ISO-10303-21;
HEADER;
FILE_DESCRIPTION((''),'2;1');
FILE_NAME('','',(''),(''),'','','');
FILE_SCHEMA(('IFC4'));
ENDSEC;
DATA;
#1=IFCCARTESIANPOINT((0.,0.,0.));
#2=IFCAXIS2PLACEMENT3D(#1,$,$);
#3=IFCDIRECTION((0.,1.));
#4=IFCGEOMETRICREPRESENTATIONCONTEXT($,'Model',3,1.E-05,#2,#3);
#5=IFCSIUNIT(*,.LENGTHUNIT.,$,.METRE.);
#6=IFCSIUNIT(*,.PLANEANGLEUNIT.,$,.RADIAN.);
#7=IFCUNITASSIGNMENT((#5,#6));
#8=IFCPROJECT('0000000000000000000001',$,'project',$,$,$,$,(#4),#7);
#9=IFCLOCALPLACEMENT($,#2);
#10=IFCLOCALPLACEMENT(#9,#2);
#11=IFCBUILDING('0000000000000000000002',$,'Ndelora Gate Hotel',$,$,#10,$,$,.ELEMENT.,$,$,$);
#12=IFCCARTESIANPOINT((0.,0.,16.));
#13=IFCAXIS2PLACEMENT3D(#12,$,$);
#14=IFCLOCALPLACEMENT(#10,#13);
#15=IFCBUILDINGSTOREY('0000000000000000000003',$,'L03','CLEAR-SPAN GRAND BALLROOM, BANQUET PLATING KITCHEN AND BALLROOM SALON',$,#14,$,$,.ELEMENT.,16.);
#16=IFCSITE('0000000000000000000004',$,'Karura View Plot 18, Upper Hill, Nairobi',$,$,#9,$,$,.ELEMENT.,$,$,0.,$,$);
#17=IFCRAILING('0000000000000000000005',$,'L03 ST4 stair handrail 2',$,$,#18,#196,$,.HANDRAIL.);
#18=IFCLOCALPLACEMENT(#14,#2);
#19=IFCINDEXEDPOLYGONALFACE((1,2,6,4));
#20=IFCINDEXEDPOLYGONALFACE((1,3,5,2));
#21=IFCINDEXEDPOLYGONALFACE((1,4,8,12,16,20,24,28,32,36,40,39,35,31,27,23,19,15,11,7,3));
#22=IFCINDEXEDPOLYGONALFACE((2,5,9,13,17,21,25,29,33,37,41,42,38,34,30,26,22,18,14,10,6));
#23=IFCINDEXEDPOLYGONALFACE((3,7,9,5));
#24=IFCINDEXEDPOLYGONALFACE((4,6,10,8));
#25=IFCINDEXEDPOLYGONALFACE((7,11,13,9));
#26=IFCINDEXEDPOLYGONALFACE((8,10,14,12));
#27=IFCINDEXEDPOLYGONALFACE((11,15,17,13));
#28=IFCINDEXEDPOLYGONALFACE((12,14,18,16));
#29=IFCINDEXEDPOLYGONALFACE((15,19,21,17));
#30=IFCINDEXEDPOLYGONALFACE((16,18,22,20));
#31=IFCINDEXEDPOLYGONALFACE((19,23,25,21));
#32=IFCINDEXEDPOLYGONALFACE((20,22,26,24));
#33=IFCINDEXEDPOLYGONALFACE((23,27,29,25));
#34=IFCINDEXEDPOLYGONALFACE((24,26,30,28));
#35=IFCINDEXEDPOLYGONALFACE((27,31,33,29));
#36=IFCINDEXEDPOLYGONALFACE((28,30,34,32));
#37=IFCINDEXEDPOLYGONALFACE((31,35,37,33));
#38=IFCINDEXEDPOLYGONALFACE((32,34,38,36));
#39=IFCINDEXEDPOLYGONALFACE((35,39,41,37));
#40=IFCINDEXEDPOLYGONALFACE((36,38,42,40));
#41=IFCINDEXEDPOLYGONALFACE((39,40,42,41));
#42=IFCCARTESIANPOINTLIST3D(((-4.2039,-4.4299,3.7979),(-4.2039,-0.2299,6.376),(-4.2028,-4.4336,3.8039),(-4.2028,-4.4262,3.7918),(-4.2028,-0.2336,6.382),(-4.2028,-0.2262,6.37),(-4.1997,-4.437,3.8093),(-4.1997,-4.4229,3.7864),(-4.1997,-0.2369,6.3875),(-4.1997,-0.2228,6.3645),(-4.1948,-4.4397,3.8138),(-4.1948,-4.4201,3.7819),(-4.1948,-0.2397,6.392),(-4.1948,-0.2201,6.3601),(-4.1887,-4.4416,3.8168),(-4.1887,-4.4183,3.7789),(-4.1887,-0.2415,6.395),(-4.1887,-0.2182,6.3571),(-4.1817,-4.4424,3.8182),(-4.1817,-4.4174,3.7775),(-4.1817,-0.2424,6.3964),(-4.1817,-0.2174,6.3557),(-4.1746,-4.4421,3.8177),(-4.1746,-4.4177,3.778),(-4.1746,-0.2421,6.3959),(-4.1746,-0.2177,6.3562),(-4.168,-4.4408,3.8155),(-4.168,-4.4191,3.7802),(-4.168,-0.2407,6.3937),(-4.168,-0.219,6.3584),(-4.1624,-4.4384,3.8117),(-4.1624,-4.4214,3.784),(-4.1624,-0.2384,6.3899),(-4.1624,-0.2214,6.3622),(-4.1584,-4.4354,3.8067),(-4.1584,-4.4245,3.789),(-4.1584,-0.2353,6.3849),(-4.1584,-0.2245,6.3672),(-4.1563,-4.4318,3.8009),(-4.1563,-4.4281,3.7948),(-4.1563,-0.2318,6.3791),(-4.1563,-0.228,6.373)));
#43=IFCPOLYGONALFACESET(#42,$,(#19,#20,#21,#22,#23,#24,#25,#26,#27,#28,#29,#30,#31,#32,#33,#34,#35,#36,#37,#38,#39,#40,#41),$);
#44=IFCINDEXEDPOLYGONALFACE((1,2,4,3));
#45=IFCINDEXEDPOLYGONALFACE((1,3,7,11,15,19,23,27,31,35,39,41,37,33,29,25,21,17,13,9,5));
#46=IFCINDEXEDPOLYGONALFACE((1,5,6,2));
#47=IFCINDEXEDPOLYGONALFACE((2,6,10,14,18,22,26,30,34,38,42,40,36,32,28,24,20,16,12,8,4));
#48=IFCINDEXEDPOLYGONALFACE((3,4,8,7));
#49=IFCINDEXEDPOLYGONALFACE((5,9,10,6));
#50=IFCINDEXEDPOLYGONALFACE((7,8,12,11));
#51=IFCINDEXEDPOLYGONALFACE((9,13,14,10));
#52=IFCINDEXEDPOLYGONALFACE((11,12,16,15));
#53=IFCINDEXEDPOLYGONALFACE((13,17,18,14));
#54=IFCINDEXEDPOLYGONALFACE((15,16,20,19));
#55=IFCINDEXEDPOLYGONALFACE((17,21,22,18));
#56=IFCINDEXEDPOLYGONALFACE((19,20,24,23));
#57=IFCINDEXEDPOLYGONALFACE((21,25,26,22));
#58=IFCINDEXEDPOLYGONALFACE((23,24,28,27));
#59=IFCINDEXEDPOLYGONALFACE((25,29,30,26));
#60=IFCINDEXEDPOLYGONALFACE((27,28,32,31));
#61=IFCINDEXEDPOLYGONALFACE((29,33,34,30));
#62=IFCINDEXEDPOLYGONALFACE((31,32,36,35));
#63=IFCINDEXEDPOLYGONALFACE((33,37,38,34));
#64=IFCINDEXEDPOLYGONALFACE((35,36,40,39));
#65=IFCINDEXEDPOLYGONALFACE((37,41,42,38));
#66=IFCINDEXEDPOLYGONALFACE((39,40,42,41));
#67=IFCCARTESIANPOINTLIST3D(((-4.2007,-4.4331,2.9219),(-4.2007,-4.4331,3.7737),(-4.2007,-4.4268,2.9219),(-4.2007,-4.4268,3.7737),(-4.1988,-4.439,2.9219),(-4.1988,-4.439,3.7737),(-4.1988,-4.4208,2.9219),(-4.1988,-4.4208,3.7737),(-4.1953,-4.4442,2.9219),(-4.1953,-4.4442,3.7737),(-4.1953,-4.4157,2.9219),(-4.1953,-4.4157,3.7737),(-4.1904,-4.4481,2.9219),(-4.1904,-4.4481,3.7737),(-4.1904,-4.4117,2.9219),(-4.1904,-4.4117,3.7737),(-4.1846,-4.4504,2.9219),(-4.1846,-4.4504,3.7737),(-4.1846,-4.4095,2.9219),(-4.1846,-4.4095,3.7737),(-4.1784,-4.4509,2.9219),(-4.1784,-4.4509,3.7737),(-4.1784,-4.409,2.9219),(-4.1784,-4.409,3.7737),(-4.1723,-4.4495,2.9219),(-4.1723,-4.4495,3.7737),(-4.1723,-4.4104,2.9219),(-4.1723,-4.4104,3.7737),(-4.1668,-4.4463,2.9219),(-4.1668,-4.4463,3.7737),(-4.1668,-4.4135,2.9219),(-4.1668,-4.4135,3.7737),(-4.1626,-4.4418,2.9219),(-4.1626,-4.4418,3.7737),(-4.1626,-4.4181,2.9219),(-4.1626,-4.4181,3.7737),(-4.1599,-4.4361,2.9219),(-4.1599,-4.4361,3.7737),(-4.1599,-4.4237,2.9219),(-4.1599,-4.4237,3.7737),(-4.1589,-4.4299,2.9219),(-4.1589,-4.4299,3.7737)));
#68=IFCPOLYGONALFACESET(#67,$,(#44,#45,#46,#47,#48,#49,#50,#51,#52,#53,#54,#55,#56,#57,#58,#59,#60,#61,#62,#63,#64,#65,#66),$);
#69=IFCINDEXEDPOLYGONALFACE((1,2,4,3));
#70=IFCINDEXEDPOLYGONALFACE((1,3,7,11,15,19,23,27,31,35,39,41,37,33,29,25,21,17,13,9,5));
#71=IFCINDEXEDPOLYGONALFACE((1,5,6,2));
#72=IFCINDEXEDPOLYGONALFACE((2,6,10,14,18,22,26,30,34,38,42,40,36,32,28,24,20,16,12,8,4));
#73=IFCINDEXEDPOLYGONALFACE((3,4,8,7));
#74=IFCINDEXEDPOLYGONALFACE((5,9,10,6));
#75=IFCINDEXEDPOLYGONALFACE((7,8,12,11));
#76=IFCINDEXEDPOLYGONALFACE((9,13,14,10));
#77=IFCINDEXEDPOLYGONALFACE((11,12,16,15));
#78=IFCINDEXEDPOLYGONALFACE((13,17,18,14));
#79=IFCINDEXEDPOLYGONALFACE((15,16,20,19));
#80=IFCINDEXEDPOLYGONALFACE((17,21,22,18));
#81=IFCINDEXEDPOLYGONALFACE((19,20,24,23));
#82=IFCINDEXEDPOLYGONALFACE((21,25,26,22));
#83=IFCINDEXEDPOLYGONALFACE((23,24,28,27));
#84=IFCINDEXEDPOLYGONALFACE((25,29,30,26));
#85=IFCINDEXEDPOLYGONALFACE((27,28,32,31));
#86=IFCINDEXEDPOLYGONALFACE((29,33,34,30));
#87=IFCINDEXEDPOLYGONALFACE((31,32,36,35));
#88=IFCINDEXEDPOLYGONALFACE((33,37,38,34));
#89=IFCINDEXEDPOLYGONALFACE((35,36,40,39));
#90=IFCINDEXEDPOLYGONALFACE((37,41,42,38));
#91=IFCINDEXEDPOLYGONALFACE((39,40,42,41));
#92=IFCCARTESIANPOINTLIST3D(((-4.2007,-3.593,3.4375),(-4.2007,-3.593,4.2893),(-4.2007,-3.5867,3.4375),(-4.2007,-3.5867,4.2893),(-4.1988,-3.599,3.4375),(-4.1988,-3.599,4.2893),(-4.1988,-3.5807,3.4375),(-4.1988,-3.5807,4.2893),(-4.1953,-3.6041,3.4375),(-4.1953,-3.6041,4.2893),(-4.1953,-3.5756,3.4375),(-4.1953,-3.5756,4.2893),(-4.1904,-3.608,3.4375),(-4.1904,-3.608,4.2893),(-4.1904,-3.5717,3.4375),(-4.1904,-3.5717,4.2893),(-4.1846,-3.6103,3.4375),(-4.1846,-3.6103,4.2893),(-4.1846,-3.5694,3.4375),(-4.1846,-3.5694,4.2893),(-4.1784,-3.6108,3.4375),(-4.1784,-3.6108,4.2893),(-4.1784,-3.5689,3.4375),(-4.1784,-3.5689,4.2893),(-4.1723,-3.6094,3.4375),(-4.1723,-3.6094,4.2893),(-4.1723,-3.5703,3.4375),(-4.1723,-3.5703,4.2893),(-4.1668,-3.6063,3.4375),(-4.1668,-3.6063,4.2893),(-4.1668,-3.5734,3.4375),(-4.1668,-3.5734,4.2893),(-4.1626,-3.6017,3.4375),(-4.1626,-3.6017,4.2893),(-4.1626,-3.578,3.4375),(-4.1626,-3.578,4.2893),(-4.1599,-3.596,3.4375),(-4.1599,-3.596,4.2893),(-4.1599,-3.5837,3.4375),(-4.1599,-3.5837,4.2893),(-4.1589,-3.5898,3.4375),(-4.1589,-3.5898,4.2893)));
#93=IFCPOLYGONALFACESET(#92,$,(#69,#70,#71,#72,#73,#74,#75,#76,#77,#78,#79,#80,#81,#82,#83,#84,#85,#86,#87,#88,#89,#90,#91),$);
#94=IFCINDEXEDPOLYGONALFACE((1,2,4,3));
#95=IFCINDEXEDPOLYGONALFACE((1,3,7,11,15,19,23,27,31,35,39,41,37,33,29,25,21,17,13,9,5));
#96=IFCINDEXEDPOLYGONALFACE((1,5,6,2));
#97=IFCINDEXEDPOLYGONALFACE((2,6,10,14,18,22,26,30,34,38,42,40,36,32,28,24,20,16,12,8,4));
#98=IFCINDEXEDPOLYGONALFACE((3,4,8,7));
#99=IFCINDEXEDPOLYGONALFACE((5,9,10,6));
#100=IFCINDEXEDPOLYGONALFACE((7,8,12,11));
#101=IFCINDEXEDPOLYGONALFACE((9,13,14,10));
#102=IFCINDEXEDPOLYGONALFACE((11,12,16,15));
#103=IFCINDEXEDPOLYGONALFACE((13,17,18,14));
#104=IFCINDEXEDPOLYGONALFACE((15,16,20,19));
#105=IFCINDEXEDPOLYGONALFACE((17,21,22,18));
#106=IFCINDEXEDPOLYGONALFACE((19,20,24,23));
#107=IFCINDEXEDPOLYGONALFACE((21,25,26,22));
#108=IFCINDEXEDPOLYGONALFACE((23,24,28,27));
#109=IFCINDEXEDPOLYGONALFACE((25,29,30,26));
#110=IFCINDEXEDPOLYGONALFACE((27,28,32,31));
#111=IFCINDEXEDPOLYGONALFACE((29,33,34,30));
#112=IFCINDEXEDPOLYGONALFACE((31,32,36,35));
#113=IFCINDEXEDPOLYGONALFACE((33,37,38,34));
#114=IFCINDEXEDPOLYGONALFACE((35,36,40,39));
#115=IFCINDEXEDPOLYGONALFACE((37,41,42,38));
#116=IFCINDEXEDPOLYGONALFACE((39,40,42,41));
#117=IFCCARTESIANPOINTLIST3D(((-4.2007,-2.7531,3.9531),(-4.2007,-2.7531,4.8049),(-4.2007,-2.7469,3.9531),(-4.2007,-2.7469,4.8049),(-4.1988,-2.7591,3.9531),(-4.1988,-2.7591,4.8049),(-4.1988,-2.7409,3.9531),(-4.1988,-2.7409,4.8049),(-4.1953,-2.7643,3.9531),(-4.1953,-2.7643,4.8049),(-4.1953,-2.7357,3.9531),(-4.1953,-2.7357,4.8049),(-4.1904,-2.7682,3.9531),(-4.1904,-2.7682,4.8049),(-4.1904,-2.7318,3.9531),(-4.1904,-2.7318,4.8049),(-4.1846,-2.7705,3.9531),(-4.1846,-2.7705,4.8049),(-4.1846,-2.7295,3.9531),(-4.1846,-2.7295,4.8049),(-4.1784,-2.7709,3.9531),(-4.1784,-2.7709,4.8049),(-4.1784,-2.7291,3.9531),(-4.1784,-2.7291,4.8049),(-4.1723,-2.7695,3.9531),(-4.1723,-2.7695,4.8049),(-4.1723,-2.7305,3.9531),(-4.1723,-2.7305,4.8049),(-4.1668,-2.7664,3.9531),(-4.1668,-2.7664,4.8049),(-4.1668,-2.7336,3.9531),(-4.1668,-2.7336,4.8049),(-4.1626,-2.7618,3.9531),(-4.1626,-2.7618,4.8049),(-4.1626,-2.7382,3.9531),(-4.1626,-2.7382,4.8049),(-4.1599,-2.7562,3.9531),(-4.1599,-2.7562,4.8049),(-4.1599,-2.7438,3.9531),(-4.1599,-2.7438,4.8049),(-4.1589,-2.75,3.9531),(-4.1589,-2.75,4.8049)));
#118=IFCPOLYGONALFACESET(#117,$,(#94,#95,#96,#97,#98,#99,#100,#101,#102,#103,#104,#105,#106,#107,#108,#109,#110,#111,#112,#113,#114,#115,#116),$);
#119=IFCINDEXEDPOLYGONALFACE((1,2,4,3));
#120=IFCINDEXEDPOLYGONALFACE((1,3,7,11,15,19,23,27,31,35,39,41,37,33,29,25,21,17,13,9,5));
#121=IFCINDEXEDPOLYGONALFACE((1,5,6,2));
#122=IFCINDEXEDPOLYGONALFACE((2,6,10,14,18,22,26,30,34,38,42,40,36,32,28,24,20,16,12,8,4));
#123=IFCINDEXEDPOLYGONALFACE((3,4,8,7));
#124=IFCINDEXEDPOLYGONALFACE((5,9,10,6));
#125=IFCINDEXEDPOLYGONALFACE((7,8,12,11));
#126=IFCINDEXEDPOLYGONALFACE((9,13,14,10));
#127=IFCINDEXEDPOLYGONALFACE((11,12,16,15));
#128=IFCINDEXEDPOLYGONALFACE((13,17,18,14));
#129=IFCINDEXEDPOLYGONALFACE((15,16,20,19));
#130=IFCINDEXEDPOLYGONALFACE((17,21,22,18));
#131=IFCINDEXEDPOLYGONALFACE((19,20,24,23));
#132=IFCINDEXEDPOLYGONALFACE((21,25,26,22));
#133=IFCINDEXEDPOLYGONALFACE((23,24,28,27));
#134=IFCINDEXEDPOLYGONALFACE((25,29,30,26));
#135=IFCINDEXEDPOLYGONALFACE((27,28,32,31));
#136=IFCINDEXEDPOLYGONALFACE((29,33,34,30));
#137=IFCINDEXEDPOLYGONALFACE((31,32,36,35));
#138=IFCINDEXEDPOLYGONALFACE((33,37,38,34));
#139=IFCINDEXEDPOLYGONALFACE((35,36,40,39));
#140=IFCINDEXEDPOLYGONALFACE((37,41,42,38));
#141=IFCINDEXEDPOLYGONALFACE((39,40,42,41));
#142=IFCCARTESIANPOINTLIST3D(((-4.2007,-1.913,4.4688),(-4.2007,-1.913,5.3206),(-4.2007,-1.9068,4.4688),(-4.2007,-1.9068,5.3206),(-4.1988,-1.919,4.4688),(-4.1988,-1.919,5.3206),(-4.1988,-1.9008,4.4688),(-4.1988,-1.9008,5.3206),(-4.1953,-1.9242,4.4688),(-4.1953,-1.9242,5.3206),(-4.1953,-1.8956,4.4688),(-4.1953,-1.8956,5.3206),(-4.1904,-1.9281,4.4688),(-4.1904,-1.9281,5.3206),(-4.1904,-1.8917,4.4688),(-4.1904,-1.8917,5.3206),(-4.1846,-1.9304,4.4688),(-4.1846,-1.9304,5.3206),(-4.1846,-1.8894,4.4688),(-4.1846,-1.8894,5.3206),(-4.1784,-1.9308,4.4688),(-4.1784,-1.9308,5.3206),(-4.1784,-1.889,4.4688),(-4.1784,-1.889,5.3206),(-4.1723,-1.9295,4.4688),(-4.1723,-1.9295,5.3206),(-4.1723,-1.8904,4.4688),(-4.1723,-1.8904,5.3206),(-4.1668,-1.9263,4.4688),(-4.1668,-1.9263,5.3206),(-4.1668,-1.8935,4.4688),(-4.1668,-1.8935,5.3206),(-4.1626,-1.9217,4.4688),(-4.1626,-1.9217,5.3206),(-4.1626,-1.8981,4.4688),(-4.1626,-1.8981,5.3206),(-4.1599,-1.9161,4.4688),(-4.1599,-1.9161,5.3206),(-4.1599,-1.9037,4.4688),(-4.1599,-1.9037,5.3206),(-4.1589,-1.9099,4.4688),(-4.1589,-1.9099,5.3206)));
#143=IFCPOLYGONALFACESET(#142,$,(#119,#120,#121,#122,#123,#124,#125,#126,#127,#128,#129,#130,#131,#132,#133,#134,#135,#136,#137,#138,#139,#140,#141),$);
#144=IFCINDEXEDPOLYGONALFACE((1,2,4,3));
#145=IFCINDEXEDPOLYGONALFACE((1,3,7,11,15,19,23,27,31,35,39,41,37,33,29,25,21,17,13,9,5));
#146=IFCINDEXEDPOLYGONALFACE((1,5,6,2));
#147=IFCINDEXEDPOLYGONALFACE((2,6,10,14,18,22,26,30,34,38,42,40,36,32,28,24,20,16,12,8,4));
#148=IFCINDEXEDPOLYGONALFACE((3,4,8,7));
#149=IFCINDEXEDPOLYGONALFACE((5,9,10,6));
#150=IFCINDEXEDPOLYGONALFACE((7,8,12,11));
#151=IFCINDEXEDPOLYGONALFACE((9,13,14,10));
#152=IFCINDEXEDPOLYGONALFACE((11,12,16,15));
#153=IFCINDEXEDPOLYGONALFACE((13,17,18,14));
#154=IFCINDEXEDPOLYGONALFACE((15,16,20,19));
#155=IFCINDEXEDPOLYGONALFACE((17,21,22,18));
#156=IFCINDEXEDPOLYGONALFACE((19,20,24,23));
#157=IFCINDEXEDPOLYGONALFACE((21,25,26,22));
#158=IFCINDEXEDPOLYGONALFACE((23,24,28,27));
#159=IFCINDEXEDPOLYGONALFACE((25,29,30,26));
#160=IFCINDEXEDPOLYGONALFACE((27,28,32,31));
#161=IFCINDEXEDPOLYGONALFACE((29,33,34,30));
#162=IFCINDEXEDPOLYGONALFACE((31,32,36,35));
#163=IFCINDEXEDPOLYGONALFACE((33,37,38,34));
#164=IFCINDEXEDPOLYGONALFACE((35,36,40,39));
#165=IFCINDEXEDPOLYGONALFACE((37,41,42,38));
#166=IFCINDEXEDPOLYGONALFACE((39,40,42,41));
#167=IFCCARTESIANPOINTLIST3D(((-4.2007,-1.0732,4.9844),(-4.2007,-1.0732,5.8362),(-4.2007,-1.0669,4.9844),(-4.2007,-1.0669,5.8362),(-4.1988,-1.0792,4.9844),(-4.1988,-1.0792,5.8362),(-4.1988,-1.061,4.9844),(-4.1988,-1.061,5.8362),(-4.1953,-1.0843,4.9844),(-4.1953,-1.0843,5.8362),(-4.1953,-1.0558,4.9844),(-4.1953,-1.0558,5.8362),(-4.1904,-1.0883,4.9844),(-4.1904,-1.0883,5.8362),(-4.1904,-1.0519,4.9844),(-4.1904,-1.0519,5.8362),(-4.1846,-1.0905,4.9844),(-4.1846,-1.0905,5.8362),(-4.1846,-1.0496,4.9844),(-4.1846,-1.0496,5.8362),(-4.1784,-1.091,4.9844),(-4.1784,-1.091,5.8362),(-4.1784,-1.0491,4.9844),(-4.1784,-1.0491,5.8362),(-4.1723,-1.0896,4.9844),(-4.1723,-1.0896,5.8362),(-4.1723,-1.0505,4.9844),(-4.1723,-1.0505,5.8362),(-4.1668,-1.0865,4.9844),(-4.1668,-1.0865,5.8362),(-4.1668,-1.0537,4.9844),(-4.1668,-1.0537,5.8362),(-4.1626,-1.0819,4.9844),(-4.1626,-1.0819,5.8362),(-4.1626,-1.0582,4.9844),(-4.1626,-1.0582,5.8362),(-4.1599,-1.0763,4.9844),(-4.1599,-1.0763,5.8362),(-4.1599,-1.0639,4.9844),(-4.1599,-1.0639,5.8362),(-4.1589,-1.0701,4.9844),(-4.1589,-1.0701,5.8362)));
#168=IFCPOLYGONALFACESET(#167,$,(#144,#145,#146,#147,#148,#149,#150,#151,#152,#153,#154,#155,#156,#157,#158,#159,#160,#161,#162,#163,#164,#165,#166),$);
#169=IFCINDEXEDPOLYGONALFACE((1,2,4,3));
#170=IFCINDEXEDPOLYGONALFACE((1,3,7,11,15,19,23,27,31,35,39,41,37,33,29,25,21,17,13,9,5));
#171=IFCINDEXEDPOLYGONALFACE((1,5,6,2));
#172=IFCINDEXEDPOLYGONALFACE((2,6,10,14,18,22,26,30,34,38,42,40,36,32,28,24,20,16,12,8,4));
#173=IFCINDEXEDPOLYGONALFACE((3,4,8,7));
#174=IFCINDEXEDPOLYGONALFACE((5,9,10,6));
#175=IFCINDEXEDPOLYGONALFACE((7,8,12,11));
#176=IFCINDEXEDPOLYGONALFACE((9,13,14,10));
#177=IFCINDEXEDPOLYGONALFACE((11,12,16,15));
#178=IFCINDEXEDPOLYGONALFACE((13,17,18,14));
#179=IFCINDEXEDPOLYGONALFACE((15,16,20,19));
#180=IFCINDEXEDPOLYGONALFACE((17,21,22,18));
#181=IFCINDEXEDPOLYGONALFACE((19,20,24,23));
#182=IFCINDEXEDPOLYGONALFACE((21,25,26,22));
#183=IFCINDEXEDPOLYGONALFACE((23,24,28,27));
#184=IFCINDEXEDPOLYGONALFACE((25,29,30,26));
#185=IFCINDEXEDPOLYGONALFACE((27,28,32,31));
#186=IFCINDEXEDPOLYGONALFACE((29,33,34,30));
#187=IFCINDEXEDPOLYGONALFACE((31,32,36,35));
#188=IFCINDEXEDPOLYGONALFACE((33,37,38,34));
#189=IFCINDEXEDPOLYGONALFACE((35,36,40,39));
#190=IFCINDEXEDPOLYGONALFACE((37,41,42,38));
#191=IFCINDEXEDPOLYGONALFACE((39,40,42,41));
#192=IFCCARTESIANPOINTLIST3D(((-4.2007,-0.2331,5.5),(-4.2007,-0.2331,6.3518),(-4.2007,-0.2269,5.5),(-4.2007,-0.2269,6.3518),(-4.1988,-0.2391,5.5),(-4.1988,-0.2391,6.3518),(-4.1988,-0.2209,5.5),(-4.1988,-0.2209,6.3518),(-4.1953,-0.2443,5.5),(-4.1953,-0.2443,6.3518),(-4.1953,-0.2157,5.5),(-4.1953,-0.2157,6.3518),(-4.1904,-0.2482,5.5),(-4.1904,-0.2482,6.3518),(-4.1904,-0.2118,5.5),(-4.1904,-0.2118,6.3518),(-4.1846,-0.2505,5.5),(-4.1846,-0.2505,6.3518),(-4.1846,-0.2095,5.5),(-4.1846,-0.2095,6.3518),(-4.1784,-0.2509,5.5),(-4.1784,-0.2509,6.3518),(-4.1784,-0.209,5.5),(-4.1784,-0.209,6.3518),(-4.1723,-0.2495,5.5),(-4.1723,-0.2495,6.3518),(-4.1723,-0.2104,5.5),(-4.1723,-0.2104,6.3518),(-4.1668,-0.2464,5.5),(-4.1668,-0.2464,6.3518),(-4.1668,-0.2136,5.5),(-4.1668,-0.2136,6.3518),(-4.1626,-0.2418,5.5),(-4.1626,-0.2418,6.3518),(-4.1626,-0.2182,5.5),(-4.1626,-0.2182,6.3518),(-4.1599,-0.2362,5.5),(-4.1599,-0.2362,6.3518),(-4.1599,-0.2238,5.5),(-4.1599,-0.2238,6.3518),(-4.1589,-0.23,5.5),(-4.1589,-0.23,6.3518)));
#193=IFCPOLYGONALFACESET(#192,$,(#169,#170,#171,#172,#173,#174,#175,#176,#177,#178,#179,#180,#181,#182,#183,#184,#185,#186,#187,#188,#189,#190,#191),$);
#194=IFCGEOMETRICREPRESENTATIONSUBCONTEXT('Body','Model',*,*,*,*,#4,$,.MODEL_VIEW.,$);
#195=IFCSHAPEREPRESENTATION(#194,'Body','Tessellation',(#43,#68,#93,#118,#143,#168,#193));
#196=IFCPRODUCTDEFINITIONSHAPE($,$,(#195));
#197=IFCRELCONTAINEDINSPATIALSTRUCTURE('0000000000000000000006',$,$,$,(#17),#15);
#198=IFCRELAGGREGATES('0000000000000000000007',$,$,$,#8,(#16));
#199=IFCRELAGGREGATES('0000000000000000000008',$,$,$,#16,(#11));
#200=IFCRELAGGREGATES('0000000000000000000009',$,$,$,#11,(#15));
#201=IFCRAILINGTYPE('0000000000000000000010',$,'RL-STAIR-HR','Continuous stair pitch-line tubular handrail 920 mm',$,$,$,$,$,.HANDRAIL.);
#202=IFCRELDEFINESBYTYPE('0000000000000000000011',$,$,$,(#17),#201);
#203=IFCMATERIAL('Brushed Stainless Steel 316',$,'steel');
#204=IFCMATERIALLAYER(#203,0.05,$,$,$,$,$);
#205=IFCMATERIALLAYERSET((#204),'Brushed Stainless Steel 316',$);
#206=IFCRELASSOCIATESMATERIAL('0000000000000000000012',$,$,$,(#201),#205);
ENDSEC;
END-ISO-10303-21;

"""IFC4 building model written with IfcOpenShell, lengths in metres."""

from ifc_helpers import new_model, si_unit, direction, frame, origin, origin_2d, place, context, subcontext, project, spatial, circle, extrude, material, layer, layer_set, type_object, element, save


model = new_model("IFC4")

# Units and contexts
model_context = context("Model", 3, precision=1e-05, world=origin(), true_north=direction((0.0, 1.0)))
body_context = subcontext(model_context, "Body", "Model", "MODEL_VIEW")
ifc_project = project(units=[si_unit("LENGTHUNIT", "METRE"), si_unit("PLANEANGLEUNIT", "RADIAN")], contexts=[model_context])

# Site, building, storey
site_placement = place(None, origin())
site = spatial("IfcSite", under=ifc_project, at=site_placement, Name="Karura View Plot 18, Upper Hill, Nairobi", CompositionType="ELEMENT", RefElevation=0.0)
building_placement = place(site_placement, origin())
building = spatial("IfcBuilding", under=site, at=building_placement, Name="Ndelora Gate Hotel", CompositionType="ELEMENT")
storey_placement = place(building_placement, frame((0.0, 0.0, 16.0)))
storey = spatial("IfcBuildingStorey", under=building, at=storey_placement, Name="L03", Description="CLEAR-SPAN GRAND BALLROOM, BANQUET PLATING KITCHEN AND BALLROOM SALON", CompositionType="ELEMENT", Elevation=16.0)

# Railing
ifc_material_1 = material(Name="Brushed Stainless Steel 316", Category="steel")
ifc_layer_1 = layer(ifc_material_1, 0.05)
ifc_layer_set_1 = layer_set([ifc_layer_1], Name="Brushed Stainless Steel 316")
railing_type_1 = type_object("IfcRailingType", Name="RL-STAIR-HR", Description="Continuous stair pitch-line tubular handrail 920 mm", PredefinedType="HANDRAIL", material=ifc_layer_set_1)
railing_1_placement = place(storey_placement, frame((-4.1799, -4.4299, 2.9219)))
element("IfcRailing", 1, at=railing_1_placement, inside=storey, type_object=railing_type_1, Name="L03 ST4 stair handrail 2", PredefinedType="HANDRAIL", context=body_context, shape_type="SweptSolid", body=[
    extrude(circle(Radius=0.0239, at=origin_2d()), frame((0.0, 0.0, 0.876), z_axis=(0.0, 0.852243, 0.523146), x_axis=(-1.0, 0.0, 0.0)), (0.0, 0.0, 1.0), 4.9282),
    extrude(circle(Radius=0.021, at=origin_2d()), origin(), (0.0, 0.0, 1.0), 0.8518),
    extrude(circle(Radius=0.021, at=origin_2d()), frame((0.0, 0.8401, 0.5156)), (0.0, 0.0, 1.0), 0.8518),
    extrude(circle(Radius=0.021, at=origin_2d()), frame((0.0, 1.6799, 1.0312)), (0.0, 0.0, 1.0), 0.8518),
    extrude(circle(Radius=0.021, at=origin_2d()), frame((0.0, 2.52, 1.5469)), (0.0, 0.0, 1.0), 0.8518),
    extrude(circle(Radius=0.021, at=origin_2d()), frame((0.0, 3.3599, 2.0625)), (0.0, 0.0, 1.0), 0.8518),
    extrude(circle(Radius=0.021, at=origin_2d()), frame((0.0, 4.2, 2.5781)), (0.0, 0.0, 1.0), 0.8518),
])

save(model, "model.ifc")
